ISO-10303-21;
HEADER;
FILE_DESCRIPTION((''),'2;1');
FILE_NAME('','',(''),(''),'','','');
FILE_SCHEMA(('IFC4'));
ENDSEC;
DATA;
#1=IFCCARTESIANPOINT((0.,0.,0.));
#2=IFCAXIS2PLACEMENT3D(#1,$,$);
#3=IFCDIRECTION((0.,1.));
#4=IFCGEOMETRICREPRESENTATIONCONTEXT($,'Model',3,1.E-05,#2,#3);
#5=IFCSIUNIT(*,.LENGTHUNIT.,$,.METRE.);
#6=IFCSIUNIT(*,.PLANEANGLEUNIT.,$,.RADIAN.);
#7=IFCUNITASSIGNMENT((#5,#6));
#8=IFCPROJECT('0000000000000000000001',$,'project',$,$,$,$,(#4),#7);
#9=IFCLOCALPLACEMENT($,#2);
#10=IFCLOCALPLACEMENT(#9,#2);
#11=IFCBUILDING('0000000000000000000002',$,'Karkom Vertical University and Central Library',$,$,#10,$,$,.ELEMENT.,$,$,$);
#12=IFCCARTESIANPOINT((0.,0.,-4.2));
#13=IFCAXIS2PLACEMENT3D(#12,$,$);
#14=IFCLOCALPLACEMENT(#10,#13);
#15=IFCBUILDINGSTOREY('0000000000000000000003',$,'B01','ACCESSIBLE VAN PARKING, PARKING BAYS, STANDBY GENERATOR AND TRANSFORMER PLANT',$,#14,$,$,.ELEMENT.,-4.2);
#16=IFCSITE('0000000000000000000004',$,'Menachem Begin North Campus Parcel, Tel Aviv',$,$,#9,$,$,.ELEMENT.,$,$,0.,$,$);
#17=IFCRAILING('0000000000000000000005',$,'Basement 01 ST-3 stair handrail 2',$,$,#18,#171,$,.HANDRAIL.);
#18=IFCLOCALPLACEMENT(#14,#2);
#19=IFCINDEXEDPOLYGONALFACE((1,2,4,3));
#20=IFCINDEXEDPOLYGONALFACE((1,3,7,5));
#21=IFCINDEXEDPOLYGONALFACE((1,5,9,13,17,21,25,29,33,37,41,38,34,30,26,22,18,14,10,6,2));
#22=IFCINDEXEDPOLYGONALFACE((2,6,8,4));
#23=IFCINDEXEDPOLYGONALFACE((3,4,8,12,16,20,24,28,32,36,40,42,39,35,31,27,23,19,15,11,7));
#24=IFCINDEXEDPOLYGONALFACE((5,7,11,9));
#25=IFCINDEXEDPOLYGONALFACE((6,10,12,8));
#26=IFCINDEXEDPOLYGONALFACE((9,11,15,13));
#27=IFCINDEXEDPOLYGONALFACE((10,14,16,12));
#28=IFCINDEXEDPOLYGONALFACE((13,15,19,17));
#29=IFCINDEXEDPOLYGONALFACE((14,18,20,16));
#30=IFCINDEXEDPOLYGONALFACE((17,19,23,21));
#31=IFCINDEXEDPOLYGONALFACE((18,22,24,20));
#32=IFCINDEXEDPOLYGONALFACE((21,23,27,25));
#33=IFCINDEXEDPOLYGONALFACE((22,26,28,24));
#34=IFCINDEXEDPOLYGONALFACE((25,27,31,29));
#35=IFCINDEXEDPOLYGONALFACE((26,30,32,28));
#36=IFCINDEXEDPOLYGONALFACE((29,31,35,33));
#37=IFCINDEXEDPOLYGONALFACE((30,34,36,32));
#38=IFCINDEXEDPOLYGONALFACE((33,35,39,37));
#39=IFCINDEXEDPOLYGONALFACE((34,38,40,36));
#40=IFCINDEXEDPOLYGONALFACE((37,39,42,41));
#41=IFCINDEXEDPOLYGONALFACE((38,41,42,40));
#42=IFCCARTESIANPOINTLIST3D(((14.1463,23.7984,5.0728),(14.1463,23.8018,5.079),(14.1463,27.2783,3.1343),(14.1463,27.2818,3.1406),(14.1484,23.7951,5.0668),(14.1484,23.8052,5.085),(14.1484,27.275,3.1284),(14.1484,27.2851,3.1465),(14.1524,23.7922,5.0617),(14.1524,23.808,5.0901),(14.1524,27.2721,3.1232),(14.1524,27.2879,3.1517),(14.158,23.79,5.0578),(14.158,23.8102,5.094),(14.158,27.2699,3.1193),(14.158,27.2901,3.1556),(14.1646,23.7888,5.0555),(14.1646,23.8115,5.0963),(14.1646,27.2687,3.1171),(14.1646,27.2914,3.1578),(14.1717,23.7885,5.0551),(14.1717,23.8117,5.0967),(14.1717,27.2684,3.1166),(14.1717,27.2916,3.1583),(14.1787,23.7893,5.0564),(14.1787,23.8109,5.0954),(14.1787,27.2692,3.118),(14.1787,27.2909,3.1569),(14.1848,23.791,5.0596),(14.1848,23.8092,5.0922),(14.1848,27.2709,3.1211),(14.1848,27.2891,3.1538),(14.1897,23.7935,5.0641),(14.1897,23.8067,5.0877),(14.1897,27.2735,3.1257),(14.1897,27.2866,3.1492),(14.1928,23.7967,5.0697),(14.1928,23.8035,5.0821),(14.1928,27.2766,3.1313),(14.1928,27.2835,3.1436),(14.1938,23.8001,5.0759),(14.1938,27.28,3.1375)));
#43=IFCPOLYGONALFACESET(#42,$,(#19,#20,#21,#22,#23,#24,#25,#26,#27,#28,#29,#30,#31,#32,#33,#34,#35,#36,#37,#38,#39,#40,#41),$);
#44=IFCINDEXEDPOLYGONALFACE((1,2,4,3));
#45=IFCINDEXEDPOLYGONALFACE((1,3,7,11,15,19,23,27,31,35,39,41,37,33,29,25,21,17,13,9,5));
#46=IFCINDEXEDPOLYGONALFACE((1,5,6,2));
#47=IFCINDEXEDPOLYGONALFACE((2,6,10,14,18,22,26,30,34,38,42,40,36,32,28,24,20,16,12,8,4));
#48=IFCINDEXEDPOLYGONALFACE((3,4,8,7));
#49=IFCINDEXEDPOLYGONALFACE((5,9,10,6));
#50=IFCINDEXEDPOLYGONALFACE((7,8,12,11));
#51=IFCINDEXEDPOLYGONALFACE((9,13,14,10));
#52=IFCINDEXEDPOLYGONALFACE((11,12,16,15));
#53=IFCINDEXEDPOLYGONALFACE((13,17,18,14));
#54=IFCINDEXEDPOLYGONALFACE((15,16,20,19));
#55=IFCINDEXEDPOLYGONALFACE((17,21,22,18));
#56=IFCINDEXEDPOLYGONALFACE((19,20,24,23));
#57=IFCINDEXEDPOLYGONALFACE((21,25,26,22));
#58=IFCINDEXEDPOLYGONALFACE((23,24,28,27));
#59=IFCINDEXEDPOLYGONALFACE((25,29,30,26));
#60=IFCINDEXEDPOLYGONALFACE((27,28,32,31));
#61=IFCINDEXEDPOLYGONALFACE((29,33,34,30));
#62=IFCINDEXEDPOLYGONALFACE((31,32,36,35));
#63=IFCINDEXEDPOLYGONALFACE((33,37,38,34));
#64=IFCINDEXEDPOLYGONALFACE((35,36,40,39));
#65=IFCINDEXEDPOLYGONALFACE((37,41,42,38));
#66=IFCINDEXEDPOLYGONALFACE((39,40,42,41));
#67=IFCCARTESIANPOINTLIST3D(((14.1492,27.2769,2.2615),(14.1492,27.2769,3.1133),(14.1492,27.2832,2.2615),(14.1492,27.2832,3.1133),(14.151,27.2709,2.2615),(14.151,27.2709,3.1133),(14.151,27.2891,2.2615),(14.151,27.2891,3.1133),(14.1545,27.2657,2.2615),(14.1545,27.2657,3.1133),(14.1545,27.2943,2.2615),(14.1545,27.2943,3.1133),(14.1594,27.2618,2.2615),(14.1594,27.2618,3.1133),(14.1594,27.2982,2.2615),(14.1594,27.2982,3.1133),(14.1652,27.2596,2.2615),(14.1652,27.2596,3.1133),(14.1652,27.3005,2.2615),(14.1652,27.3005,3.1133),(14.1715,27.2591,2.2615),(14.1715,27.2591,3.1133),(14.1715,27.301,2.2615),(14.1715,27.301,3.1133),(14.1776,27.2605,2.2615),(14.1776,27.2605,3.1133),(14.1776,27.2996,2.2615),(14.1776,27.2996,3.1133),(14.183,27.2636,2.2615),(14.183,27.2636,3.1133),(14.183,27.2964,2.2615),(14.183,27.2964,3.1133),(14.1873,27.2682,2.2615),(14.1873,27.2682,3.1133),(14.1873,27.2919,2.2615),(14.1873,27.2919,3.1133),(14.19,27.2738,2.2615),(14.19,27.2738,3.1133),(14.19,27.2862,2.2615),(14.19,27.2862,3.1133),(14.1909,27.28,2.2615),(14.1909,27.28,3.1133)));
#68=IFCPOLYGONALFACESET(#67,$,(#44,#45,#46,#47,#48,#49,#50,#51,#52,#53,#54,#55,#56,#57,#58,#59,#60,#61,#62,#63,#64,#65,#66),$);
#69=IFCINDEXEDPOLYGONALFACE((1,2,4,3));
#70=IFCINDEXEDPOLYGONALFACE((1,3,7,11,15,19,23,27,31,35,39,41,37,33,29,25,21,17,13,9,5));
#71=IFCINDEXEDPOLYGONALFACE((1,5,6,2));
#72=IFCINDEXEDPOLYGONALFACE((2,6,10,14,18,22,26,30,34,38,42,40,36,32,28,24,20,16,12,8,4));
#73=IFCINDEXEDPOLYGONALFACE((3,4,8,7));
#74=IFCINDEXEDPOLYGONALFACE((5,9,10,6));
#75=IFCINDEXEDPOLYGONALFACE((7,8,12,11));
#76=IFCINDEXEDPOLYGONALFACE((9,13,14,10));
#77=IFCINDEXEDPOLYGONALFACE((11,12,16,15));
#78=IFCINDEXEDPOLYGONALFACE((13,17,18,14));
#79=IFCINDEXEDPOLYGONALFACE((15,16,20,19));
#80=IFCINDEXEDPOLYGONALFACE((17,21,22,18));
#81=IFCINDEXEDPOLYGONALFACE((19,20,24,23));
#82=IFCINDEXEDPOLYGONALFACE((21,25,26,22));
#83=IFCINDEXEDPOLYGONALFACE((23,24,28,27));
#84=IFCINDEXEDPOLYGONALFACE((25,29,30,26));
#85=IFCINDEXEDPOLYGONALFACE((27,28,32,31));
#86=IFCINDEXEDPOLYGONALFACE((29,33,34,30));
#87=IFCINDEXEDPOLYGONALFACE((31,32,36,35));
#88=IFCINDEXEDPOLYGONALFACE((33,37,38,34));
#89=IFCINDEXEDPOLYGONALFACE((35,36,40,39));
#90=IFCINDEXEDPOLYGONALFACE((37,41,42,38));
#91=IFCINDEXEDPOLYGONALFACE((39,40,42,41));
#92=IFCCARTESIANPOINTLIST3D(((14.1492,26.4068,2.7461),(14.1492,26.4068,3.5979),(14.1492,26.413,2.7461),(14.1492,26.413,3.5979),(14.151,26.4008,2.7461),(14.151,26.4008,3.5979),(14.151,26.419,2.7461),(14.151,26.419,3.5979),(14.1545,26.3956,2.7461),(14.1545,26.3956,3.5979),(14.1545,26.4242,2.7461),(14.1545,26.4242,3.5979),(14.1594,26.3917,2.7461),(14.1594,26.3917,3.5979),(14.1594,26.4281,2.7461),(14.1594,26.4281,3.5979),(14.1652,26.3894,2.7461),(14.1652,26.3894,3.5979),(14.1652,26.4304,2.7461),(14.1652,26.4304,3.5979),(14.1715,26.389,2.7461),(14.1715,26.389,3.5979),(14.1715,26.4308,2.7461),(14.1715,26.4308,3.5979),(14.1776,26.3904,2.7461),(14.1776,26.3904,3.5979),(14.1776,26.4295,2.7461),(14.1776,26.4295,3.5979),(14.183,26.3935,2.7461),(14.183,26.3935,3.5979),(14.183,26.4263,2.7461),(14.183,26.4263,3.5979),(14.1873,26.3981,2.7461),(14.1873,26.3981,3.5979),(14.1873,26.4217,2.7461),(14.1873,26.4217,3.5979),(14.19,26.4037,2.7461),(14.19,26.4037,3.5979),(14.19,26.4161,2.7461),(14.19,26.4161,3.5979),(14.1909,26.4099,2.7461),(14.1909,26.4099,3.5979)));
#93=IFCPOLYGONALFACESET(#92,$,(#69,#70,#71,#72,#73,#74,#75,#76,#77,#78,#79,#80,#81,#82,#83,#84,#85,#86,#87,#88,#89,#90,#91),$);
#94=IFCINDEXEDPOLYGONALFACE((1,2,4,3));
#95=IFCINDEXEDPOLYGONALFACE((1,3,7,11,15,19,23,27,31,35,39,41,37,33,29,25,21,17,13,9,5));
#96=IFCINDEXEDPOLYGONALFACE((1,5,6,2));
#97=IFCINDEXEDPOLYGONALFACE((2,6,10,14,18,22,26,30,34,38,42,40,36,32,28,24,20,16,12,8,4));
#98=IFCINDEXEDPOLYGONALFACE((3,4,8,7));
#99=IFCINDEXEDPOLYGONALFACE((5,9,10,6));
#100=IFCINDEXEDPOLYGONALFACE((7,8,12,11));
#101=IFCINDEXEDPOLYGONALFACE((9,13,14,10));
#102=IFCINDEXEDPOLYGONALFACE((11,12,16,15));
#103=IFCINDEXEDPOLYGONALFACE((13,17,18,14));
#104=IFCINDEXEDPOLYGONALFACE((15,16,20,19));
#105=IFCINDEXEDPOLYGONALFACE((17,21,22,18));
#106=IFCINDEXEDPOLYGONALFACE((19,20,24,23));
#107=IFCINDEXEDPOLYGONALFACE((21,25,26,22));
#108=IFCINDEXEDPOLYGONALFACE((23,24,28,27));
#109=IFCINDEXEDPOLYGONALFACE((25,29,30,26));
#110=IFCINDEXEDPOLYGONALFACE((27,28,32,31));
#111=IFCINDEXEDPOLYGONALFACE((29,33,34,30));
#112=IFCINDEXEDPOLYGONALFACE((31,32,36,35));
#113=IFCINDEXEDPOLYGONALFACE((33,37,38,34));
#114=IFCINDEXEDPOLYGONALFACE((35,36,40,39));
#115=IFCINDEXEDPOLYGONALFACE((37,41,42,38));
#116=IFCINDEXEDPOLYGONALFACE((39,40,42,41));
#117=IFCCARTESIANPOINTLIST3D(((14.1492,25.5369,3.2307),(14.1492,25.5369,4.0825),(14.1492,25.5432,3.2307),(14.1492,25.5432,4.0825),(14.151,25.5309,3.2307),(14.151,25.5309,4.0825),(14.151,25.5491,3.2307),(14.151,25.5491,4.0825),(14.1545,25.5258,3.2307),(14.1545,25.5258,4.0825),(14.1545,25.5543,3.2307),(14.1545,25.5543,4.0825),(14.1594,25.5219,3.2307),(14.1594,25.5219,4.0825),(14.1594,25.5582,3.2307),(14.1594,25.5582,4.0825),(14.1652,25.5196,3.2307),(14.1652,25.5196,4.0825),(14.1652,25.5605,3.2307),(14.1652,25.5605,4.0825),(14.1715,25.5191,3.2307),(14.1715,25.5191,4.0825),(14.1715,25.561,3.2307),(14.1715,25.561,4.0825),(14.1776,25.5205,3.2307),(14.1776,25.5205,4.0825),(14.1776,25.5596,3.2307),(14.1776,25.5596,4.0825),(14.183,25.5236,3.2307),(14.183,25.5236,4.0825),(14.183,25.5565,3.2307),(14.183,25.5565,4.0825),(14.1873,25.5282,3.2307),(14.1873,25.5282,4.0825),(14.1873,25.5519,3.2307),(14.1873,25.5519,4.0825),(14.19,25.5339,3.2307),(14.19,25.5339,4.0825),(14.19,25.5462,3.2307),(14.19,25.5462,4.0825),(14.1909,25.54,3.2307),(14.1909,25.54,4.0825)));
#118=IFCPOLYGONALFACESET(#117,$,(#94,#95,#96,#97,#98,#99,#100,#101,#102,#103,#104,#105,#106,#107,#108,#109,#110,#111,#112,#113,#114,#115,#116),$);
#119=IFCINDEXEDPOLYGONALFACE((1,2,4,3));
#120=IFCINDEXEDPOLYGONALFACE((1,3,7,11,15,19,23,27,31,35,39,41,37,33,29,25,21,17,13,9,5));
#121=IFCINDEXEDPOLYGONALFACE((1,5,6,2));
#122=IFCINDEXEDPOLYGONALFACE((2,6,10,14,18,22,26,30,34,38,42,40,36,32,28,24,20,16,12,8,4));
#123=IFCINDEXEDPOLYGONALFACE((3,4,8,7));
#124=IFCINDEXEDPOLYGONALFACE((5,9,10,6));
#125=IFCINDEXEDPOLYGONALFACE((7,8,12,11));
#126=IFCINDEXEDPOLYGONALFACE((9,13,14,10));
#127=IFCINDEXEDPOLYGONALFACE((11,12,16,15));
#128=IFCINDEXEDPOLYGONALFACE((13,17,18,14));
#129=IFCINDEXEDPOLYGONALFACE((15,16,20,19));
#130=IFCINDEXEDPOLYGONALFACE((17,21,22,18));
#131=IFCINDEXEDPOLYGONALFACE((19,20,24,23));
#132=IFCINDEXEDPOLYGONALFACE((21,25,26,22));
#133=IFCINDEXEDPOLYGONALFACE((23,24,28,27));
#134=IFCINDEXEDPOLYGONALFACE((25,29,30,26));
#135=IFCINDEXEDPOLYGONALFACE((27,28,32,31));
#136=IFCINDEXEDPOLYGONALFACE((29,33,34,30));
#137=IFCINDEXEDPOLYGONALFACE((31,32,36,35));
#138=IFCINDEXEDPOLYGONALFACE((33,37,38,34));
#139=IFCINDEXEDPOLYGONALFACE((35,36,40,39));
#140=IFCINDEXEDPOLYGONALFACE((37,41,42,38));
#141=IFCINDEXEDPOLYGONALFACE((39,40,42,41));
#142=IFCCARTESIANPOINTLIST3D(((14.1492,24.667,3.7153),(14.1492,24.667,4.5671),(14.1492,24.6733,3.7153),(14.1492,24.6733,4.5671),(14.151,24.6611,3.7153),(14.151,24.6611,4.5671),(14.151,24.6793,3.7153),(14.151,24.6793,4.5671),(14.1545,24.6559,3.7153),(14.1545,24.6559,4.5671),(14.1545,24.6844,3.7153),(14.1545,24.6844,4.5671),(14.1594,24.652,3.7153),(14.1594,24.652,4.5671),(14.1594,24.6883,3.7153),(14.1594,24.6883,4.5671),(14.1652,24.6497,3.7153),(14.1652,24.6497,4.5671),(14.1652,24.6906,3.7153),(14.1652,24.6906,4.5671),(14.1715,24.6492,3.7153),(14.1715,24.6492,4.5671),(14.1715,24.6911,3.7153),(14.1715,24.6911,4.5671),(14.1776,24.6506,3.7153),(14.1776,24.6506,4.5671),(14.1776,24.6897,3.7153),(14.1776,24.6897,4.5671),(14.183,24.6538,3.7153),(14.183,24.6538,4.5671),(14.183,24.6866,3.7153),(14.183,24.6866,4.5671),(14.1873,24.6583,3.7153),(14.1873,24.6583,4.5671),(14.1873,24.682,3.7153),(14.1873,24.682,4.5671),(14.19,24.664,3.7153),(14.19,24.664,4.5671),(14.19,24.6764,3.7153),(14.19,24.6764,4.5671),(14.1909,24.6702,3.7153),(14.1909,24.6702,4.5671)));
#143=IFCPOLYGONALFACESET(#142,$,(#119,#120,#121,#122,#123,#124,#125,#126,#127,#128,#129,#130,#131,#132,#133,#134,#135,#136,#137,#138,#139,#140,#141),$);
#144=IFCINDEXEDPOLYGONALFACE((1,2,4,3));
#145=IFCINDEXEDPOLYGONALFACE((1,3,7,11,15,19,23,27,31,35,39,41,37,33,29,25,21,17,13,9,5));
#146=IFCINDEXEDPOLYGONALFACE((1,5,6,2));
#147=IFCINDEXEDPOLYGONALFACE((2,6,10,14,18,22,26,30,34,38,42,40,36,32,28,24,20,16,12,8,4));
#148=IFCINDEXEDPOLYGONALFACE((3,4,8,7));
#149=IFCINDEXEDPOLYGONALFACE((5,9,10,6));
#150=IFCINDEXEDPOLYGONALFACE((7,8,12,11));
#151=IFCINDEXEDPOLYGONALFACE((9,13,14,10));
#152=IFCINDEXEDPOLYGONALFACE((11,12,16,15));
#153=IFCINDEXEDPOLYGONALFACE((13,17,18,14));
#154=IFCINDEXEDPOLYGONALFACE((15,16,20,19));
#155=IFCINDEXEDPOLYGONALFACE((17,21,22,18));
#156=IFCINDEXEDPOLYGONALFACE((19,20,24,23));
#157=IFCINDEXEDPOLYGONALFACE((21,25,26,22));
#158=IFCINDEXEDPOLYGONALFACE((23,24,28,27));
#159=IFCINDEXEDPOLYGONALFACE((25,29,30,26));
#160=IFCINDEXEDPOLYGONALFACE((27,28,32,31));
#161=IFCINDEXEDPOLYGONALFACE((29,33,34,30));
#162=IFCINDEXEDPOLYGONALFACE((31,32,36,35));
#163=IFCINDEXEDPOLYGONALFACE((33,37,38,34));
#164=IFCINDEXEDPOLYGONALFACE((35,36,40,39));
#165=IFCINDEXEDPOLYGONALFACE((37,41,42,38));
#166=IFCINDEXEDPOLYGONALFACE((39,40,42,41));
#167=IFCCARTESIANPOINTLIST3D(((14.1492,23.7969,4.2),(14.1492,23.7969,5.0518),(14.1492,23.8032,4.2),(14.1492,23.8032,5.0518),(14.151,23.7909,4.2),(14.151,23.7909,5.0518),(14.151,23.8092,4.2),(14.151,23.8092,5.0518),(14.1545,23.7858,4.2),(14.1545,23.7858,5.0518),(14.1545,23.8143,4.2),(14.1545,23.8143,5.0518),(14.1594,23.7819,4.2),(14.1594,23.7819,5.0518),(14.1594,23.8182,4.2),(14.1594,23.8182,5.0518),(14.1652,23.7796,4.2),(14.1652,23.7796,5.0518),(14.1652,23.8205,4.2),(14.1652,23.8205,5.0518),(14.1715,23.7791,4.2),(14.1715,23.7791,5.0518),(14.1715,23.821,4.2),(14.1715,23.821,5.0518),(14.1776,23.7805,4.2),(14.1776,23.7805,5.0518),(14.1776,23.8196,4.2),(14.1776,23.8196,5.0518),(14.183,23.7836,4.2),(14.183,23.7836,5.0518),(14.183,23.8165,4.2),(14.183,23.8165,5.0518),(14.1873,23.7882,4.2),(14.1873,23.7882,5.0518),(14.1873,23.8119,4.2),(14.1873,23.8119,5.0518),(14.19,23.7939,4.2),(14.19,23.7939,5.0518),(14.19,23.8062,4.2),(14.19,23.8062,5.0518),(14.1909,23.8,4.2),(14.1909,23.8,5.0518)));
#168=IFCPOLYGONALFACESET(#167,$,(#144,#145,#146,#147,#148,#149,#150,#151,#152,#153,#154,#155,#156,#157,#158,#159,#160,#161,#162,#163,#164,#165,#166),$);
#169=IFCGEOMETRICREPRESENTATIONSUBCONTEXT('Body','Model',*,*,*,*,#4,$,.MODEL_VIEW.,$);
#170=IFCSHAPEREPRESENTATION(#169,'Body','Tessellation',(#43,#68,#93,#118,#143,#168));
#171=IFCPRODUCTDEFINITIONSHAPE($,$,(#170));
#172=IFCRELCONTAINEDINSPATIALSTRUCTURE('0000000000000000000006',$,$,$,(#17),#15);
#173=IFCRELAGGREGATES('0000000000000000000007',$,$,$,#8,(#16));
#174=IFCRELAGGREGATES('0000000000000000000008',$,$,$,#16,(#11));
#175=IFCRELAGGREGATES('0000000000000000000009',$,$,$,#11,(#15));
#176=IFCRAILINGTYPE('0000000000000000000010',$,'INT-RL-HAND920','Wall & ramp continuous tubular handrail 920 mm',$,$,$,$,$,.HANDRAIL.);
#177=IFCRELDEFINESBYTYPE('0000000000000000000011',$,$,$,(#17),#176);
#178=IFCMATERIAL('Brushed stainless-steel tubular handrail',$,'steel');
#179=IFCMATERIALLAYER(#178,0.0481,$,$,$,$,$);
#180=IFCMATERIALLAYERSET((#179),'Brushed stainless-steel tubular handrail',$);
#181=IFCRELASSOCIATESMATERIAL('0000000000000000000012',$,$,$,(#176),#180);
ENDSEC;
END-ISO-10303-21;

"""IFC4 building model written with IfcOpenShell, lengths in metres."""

from ifc_helpers import new_model, si_unit, direction, frame, origin, origin_2d, place, context, subcontext, project, spatial, circle, extrude, material, layer, layer_set, type_object, element, save


model = new_model("IFC4")

# Units and contexts
model_context = context("Model", 3, precision=1e-05, world=origin(), true_north=direction((0.0, 1.0)))
body_context = subcontext(model_context, "Body", "Model", "MODEL_VIEW")
ifc_project = project(units=[si_unit("LENGTHUNIT", "METRE"), si_unit("PLANEANGLEUNIT", "RADIAN")], contexts=[model_context])

# Site, building, storey
site_placement = place(None, origin())
site = spatial("IfcSite", under=ifc_project, at=site_placement, Name="Menachem Begin North Campus Parcel, Tel Aviv", CompositionType="ELEMENT", RefElevation=0.0)
building_placement = place(site_placement, origin())
building = spatial("IfcBuilding", under=site, at=building_placement, Name="Karkom Vertical University and Central Library", CompositionType="ELEMENT")
storey_placement = place(building_placement, frame((0.0, 0.0, -4.2)))
storey = spatial("IfcBuildingStorey", under=building, at=storey_placement, Name="B01", Description="ACCESSIBLE VAN PARKING, PARKING BAYS, STANDBY GENERATOR AND TRANSFORMER PLANT", CompositionType="ELEMENT", Elevation=-4.2)

# Railing
ifc_material_1 = material(Name="Brushed stainless-steel tubular handrail", Category="steel")
ifc_layer_1 = layer(ifc_material_1, 0.0481)
ifc_layer_set_1 = layer_set([ifc_layer_1], Name="Brushed stainless-steel tubular handrail")
railing_type_1 = type_object("IfcRailingType", Name="INT-RL-HAND920", Description="Wall & ramp continuous tubular handrail 920 mm", PredefinedType="HANDRAIL", material=ifc_layer_set_1)
railing_1_placement = place(storey_placement, frame((14.1699, 27.28, 2.2615)))
element("IfcRailing", 1, at=railing_1_placement, inside=storey, type_object=railing_type_1, Name="Basement 01 ST-3 stair handrail 2", PredefinedType="HANDRAIL", context=body_context, shape_type="SweptSolid", body=[
    extrude(circle(Radius=0.0239, at=origin_2d()), frame((0.0, 0.0, 0.876), z_axis=(0.0, -0.873607, 0.486631), x_axis=(1.0, 0.0, 0.0)), (0.0, 0.0, 1.0), 3.9834),
    extrude(circle(Radius=0.021, at=origin_2d()), origin(), (0.0, 0.0, 1.0), 0.8518),
    extrude(circle(Radius=0.021, at=origin_2d()), frame((0.0, -0.8701, 0.4846)), (0.0, 0.0, 1.0), 0.8518),
    extrude(circle(Radius=0.021, at=origin_2d()), frame((0.0, -1.74, 0.9692)), (0.0, 0.0, 1.0), 0.8518),
    extrude(circle(Radius=0.021, at=origin_2d()), frame((0.0, -2.6099, 1.4539)), (0.0, 0.0, 1.0), 0.8518),
    extrude(circle(Radius=0.021, at=origin_2d()), frame((0.0, -3.48, 1.9385)), (0.0, 0.0, 1.0), 0.8518),
])

save(model, "model.ifc")
